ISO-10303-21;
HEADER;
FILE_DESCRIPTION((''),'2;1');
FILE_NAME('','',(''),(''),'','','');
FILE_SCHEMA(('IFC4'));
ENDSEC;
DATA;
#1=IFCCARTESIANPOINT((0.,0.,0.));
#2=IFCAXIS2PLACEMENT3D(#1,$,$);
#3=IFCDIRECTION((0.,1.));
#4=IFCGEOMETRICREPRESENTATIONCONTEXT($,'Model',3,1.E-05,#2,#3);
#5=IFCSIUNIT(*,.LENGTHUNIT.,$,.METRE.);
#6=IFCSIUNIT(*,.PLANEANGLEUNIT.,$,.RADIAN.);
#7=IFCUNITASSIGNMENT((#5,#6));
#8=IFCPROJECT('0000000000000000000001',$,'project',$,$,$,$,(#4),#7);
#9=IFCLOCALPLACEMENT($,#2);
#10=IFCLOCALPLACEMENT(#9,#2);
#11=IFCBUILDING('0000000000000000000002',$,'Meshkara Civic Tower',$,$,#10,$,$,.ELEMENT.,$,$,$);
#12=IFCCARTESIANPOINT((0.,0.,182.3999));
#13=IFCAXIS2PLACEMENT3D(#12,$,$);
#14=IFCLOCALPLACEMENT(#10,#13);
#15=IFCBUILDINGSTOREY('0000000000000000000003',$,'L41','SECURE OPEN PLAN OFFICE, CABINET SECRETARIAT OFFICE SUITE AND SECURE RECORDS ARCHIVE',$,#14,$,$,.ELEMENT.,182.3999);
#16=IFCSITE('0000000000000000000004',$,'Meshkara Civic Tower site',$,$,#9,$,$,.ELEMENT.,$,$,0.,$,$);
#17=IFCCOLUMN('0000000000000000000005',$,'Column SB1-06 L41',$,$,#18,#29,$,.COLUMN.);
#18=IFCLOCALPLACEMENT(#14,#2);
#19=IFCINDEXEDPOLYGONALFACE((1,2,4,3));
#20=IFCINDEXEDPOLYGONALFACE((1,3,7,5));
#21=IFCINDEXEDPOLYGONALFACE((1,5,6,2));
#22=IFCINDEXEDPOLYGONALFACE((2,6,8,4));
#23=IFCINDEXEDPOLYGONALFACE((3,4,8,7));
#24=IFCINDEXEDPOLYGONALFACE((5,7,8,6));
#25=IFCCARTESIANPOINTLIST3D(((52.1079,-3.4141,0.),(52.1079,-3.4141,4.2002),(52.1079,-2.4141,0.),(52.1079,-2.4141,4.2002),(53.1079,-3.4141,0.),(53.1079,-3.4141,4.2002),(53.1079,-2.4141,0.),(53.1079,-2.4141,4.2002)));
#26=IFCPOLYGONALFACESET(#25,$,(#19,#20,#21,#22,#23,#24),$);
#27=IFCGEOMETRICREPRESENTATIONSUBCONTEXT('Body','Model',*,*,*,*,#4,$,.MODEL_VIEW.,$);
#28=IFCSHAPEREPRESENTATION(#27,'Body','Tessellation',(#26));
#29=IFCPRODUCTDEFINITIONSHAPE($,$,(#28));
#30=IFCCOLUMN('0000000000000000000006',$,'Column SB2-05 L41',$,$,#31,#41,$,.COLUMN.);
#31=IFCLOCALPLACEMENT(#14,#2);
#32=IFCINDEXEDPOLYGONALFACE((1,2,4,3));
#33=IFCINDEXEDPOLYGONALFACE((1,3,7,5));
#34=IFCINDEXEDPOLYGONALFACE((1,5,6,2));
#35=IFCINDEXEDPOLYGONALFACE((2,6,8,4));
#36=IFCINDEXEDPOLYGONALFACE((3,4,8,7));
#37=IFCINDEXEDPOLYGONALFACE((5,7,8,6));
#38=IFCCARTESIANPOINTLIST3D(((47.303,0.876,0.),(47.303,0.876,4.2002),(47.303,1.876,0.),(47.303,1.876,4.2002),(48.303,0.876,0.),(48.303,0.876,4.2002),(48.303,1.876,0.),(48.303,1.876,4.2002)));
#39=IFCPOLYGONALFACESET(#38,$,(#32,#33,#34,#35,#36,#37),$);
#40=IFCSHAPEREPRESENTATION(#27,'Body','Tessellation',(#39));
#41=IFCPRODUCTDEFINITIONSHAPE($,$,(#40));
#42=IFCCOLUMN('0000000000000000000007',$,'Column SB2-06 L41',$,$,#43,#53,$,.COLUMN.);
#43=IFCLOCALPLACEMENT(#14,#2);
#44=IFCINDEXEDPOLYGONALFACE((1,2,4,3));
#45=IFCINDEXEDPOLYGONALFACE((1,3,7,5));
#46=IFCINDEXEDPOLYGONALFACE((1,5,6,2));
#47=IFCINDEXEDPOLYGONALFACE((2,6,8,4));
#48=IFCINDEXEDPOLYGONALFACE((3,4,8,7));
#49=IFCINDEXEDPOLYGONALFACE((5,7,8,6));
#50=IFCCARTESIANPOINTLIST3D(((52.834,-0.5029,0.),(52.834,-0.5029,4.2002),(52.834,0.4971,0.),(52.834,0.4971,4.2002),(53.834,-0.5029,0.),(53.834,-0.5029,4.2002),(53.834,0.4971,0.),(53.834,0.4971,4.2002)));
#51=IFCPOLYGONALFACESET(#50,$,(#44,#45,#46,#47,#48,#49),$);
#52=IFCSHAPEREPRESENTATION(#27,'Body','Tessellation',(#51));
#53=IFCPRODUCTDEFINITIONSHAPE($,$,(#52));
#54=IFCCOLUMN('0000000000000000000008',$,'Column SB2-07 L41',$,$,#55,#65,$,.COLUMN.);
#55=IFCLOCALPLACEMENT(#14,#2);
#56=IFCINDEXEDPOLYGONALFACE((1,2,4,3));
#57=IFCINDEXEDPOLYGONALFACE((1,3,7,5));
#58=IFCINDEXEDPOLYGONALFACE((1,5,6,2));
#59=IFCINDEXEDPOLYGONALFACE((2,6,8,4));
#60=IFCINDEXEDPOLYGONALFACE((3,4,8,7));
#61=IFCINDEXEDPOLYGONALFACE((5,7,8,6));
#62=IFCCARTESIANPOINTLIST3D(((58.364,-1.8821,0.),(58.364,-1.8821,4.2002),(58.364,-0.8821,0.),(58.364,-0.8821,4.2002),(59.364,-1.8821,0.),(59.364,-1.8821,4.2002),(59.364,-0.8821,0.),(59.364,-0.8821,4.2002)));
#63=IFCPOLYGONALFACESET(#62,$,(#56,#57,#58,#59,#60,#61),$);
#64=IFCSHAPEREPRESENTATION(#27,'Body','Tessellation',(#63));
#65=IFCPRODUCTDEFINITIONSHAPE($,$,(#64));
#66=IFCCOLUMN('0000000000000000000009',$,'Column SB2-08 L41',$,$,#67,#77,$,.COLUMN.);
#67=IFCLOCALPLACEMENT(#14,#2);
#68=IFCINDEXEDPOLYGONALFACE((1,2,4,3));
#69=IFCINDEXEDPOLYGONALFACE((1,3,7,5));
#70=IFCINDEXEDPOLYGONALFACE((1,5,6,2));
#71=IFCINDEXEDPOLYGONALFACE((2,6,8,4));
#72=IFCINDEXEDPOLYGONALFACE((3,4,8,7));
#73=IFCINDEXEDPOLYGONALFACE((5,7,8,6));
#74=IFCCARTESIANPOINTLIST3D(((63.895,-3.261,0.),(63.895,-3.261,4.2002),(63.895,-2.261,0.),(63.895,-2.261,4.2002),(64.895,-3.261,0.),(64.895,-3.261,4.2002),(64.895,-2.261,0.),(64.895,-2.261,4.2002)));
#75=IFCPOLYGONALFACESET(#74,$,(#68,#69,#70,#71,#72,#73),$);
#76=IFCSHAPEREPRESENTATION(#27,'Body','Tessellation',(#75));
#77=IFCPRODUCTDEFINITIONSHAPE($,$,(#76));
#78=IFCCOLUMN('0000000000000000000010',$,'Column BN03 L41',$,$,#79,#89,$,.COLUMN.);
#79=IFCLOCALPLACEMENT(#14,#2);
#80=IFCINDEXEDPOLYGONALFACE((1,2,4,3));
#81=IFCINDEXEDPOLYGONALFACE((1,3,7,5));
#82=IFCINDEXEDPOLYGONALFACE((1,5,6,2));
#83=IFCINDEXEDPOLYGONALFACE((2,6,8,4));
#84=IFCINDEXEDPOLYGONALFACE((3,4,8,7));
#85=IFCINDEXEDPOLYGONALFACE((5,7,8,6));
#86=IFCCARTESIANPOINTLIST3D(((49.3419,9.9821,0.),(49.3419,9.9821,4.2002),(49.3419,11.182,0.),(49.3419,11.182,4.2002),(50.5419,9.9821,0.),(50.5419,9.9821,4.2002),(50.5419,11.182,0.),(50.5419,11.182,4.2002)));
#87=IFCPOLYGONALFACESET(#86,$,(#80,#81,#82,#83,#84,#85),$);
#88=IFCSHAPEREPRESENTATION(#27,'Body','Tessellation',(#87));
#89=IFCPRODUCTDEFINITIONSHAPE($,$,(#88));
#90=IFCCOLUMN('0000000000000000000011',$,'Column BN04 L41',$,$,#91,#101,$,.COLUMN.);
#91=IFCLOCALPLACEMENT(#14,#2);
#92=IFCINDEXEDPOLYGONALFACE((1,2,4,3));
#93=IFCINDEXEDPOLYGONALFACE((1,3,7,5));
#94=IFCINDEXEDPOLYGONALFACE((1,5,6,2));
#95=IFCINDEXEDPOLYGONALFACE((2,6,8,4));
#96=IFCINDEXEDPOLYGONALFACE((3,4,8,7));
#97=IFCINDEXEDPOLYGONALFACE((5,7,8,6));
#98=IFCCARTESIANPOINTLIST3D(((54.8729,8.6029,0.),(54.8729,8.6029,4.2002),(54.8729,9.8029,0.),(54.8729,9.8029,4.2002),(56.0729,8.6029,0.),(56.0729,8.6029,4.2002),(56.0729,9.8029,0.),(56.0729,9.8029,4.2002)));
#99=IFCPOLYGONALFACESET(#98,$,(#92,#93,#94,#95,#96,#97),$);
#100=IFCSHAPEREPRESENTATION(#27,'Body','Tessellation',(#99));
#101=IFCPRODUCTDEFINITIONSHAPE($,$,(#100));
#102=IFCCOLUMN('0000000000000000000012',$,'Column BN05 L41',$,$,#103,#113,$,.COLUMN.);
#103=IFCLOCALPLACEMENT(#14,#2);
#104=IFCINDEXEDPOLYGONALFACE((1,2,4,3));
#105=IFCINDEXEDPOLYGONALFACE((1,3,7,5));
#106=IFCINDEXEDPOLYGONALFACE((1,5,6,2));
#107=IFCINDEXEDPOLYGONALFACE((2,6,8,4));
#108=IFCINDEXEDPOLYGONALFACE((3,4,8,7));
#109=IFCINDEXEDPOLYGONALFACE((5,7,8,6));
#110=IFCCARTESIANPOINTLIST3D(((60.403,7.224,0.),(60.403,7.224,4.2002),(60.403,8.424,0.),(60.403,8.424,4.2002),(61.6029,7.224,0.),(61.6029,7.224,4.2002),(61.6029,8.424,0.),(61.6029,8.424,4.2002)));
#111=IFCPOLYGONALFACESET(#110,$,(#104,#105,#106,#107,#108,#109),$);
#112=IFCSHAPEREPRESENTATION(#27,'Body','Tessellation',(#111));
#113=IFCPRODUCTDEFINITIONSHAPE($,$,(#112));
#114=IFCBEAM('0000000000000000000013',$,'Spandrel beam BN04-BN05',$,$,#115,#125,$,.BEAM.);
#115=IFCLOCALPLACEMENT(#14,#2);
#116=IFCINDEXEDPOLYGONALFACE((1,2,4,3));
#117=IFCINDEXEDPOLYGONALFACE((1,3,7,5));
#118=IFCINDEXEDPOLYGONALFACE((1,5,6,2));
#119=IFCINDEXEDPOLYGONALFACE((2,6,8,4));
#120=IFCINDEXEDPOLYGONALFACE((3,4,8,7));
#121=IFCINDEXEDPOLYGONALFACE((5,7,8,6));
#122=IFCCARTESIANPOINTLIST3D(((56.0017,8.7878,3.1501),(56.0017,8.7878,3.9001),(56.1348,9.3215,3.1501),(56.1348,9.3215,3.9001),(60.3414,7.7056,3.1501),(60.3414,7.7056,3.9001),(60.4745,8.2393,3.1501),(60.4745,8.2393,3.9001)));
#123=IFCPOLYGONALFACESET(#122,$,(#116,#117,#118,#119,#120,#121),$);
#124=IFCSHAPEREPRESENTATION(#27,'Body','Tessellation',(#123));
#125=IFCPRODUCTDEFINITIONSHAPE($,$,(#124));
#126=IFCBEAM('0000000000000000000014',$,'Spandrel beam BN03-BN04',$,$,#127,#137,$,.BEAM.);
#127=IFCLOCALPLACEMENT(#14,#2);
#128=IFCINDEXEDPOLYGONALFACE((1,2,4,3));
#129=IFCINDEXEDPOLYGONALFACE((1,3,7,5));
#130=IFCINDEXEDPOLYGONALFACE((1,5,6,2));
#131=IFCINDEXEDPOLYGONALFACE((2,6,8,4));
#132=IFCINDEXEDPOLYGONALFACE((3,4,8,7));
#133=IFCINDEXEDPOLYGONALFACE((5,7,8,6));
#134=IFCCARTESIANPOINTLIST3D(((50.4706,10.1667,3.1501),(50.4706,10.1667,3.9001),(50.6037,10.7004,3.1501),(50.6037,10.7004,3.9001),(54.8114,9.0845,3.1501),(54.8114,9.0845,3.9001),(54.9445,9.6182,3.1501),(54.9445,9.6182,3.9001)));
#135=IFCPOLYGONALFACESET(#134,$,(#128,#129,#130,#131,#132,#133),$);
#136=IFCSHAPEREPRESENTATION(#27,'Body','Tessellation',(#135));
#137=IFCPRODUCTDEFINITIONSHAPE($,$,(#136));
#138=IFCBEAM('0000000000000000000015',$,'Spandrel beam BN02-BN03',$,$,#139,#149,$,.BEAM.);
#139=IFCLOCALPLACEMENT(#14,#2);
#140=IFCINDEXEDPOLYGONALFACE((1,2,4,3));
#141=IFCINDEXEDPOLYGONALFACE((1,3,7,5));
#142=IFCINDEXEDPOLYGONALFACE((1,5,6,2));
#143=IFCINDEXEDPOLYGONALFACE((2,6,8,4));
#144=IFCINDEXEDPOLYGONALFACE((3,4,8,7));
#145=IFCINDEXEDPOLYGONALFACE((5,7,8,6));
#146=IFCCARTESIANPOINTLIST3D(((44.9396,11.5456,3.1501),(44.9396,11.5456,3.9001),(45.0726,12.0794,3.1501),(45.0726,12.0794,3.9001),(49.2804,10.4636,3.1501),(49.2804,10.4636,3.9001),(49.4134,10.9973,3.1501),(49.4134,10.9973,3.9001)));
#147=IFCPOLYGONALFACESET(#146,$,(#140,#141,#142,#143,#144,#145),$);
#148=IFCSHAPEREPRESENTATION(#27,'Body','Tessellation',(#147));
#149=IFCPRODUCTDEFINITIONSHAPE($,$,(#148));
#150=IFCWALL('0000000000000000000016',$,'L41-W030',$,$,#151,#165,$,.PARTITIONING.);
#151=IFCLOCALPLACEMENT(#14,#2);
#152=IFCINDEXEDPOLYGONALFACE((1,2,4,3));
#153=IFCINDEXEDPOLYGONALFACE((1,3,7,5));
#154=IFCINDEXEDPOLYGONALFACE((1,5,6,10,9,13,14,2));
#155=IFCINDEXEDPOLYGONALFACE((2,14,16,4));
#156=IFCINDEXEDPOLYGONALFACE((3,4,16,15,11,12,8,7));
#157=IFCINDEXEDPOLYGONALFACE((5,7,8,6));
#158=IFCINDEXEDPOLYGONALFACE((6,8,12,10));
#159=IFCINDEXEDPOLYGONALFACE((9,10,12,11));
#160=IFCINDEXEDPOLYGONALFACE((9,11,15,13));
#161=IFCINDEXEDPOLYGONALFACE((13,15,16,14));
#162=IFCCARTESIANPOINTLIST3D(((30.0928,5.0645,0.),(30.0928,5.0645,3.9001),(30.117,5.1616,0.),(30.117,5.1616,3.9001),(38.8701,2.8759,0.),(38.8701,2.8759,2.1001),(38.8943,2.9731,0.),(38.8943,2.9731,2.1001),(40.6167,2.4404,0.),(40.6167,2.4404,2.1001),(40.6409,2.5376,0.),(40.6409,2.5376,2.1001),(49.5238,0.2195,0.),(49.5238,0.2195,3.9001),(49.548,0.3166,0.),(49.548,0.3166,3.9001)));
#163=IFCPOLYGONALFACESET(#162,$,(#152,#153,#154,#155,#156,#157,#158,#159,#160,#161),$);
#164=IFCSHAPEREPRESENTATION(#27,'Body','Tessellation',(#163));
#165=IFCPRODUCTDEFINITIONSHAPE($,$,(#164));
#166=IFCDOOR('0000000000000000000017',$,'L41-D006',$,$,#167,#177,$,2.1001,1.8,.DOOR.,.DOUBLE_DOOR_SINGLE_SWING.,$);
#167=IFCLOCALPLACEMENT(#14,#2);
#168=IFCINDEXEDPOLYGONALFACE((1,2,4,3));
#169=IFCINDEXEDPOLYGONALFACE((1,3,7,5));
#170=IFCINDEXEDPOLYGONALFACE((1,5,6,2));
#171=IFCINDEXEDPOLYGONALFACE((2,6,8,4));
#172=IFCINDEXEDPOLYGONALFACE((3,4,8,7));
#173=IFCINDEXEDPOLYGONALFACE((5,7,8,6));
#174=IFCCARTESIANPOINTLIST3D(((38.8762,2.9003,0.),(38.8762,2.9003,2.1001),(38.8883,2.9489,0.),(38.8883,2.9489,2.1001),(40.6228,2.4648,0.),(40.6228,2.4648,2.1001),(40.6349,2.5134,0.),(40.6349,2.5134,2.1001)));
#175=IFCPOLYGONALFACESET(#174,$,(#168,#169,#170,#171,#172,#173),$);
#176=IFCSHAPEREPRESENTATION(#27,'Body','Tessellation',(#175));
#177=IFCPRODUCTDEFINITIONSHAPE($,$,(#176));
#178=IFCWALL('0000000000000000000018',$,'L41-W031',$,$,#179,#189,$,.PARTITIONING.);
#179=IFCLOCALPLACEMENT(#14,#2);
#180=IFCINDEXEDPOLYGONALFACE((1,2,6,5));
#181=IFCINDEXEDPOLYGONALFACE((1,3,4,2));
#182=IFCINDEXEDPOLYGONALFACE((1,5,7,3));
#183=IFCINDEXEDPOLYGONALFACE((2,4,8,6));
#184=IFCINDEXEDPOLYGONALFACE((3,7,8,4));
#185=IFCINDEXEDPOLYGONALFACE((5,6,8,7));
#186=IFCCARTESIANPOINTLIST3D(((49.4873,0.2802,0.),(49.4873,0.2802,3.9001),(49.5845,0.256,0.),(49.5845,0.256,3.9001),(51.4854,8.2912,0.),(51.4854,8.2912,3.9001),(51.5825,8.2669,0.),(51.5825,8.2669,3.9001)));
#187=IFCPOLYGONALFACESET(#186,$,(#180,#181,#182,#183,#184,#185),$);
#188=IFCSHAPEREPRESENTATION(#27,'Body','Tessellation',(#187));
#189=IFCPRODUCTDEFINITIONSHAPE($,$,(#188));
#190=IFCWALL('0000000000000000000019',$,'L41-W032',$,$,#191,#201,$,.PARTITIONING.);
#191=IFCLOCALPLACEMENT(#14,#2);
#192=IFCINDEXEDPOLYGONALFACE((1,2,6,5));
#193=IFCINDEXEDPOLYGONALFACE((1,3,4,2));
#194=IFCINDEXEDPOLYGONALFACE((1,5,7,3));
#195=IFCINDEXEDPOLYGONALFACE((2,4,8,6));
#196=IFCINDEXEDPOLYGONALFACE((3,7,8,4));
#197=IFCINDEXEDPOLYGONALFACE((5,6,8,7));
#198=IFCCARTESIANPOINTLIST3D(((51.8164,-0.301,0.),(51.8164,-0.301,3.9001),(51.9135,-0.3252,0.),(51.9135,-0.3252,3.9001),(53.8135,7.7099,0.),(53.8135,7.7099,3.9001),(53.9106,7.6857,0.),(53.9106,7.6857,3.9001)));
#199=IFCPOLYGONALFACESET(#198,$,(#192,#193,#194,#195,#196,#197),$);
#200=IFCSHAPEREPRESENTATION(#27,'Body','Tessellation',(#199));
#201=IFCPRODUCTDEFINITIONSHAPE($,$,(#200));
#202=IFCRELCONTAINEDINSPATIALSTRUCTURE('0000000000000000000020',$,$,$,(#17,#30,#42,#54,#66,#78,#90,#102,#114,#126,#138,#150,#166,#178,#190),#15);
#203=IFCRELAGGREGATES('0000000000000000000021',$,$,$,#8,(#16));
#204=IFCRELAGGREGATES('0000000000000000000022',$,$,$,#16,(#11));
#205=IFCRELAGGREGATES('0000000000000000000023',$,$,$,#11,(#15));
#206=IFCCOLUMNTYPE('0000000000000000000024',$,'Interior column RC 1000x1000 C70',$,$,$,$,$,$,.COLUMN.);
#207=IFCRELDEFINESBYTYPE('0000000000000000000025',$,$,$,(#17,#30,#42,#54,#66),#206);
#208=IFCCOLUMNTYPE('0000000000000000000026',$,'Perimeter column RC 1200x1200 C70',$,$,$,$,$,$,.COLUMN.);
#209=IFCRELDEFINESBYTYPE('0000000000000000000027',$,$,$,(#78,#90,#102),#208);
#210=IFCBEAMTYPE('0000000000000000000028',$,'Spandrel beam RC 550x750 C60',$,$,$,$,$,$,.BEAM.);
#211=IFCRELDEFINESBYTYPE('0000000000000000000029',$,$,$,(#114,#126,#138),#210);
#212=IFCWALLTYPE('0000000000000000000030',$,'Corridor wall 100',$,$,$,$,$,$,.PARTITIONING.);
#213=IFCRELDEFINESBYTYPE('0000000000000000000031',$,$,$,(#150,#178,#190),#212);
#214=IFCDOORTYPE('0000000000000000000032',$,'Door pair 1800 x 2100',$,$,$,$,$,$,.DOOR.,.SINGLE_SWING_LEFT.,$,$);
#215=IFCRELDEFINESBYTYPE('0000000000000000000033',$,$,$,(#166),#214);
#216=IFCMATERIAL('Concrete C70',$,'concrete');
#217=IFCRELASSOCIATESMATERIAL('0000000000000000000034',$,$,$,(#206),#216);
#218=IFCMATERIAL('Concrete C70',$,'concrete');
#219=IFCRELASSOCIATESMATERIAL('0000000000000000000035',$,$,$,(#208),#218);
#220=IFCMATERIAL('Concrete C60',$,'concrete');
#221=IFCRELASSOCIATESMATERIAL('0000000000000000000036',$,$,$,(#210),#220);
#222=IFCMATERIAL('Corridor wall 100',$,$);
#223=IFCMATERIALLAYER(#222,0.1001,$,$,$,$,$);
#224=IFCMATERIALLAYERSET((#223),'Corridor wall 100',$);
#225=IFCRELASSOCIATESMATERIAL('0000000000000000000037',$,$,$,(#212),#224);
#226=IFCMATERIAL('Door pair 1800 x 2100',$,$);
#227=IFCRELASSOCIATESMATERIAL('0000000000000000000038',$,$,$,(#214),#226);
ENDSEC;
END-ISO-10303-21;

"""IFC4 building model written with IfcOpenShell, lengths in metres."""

from ifc_helpers import new_model, si_unit, direction, frame, frame_2d, origin, origin_2d, place, context, subcontext, project, spatial, rectangle, extrude, material, layer, layer_set, material_profile, profile_set, type_object, element, fill, save


model = new_model("IFC4")

# Units and contexts
model_context = context("Model", 3, precision=1e-05, world=origin(), true_north=direction((0.0, 1.0)))
body_context = subcontext(model_context, "Body", "Model", "MODEL_VIEW")
ifc_project = project(units=[si_unit("LENGTHUNIT", "METRE"), si_unit("PLANEANGLEUNIT", "RADIAN")], contexts=[model_context])

# Site, building, storey
site_placement = place(None, origin())
site = spatial("IfcSite", under=ifc_project, at=site_placement, Name="Meshkara Civic Tower site", CompositionType="ELEMENT", RefElevation=0.0)
building_placement = place(site_placement, origin())
building = spatial("IfcBuilding", under=site, at=building_placement, Name="Meshkara Civic Tower", CompositionType="ELEMENT")
storey_placement = place(building_placement, frame((0.0, 0.0, 182.3999)))
storey = spatial("IfcBuildingStorey", under=building, at=storey_placement, Name="L41", Description="SECURE OPEN PLAN OFFICE, CABINET SECRETARIAT OFFICE SUITE AND SECURE RECORDS ARCHIVE", CompositionType="ELEMENT", Elevation=182.3999)

# Columns
ifc_material_1 = material(Name="Concrete C70", Category="concrete")
ifc_material_profile_1 = material_profile(ifc_material_1, rectangle(XDim=1.0, YDim=1.0, at=origin_2d()))
ifc_profile_set_1 = profile_set([ifc_material_profile_1], Name="Concrete C70")
column_type_1 = type_object("IfcColumnType", Name="Interior column RC 1000x1000 C70", PredefinedType="COLUMN", material=ifc_profile_set_1)
for number, where, z_axis, x_axis, name in (
    (1, (52.6079, -2.9141, 0.0), (0.0, 0.0, 1.0), (1.0, 0.0, 0.0), "Column SB1-06 L41"),
    (2, (47.803, 1.376, 0.0), (0.0, 0.0, 1.0), (1.0, 0.0, 0.0), "Column SB2-05 L41"),
    (3, (53.334, -0.0029, 0.0), (0.0, 0.0, 1.0), (1.0, 0.0, 0.0), "Column SB2-06 L41"),
    (4, (58.864, -1.3821, 0.0), (0.0, 0.0, 1.0), (1.0, 0.0, 0.0), "Column SB2-07 L41"),
    (5, (64.395, -2.761, 0.0), (0.0, 0.0, 1.0), (1.0, 0.0, 0.0), "Column SB2-08 L41"),
):
    element("IfcColumn", number, at=place(storey_placement, frame(where, z_axis=z_axis, x_axis=x_axis)), inside=storey, type_object=column_type_1, Name=name, PredefinedType="COLUMN", context=body_context, shape_type="SweptSolid", body=[
        extrude(rectangle(XDim=1.0, YDim=1.0, at=origin_2d()), origin(), (0.0, 0.0, 1.0), 4.2002),
    ])
ifc_material_2 = material(Name="Concrete C70", Category="concrete")
ifc_material_profile_2 = material_profile(ifc_material_2, rectangle(XDim=1.2, YDim=1.2, at=origin_2d()))
ifc_profile_set_2 = profile_set([ifc_material_profile_2], Name="Concrete C70")
column_type_2 = type_object("IfcColumnType", Name="Perimeter column RC 1200x1200 C70", PredefinedType="COLUMN", material=ifc_profile_set_2)
for number, where, z_axis, x_axis, name in (
    (6, (49.9419, 10.582, 0.0), (0.0, 0.0, 1.0), (1.0, 0.0, 0.0), "Column BN03 L41"),
    (7, (55.4729, 9.2029, 0.0), (0.0, 0.0, 1.0), (1.0, 0.0, 0.0), "Column BN04 L41"),
    (8, (61.0029, 7.824, 0.0), (0.0, 0.0, 1.0), (1.0, 0.0, 0.0), "Column BN05 L41"),
):
    element("IfcColumn", number, at=place(storey_placement, frame(where, z_axis=z_axis, x_axis=x_axis)), inside=storey, type_object=column_type_2, Name=name, PredefinedType="COLUMN", context=body_context, shape_type="SweptSolid", body=[
        extrude(rectangle(XDim=1.2, YDim=1.2, at=origin_2d()), origin(), (0.0, 0.0, 1.0), 4.2002),
    ])

# Beams
ifc_material_3 = material(Name="Concrete C60", Category="concrete")
ifc_material_profile_3 = material_profile(ifc_material_3, rectangle(XDim=0.55, YDim=0.75, at=origin_2d()))
ifc_profile_set_3 = profile_set([ifc_material_profile_3], Name="Concrete C60")
beam_type = type_object("IfcBeamType", Name="Spandrel beam RC 550x750 C60", PredefinedType="BEAM", material=ifc_profile_set_3)
beam_placement = place(storey_placement, frame((60.408, 7.9724, 3.5251), z_axis=(-0.970284, 0.24197, 0.0), x_axis=(-0.24197, -0.970284, 0.0)))
element("IfcBeam", 9, at=beam_placement, inside=storey, type_object=beam_type, Name="Spandrel beam BN04-BN05", PredefinedType="BEAM", context=body_context, shape_type="SweptSolid", body=[
    extrude(rectangle(XDim=0.55, YDim=0.75, at=origin_2d()), origin(), (0.0, 0.0, 1.0), 4.4727),
])
for number, where, z_axis, x_axis, name in (
    (10, (54.8779, 9.3513, 3.5251), (-0.970296, 0.241919, 0.0), (-0.241919, -0.970296, 0.0), "Spandrel beam BN03-BN04"),
    (11, (49.3469, 10.7305, 3.5251), (-0.970309, 0.241868, 0.0), (-0.241868, -0.970309, 0.0), "Spandrel beam BN02-BN03"),
):
    element("IfcBeam", number, at=place(storey_placement, frame(where, z_axis=z_axis, x_axis=x_axis)), inside=storey, type_object=beam_type, Name=name, PredefinedType="BEAM", context=body_context, shape_type="SweptSolid", body=[
        extrude(rectangle(XDim=0.55, YDim=0.75, at=origin_2d()), origin(), (0.0, 0.0, 1.0), 4.4736),
    ])

# Wall, opening, door
ifc_material_4 = material(Name="Corridor wall 100")
ifc_layer_1 = layer(ifc_material_4, 0.1001)
ifc_layer_set_1 = layer_set([ifc_layer_1], Name="Corridor wall 100")
wall_type_1 = type_object("IfcWallType", Name="Corridor wall 100", PredefinedType="PARTITIONING", material=ifc_layer_set_1)
wall_1_placement = place(storey_placement, frame((49.5359, 0.2681, 0.0), z_axis=(0.0, 0.0, 1.0), x_axis=(-0.970292, 0.241936, 0.0)))
wall_1 = element("IfcWall", 12, at=wall_1_placement, inside=storey, type_object=wall_type_1, Name="L41-W030", PredefinedType="PARTITIONING", context=body_context, shape_type="SweptSolid", body=[
    extrude(rectangle(XDim=20.0259, YDim=0.1001, at=frame_2d((10.0129, 0.0))), origin(), (0.0, 0.0, 1.0), 3.9001),
])
opening_1_placement = place(wall_1_placement, frame((9.1799, 0.0, 0.0)))
opening_1 = element("IfcOpeningElement", 13, at=opening_1_placement, cuts=wall_1, PredefinedType="OPENING", context=body_context, shape_type="SweptSolid", body=[
    extrude(rectangle(XDim=1.8, YDim=2.1001, at=frame_2d((0.8999, 1.05))), frame((0.0, 0.0601, 0.0), z_axis=(0.0, -1.0, 0.0), x_axis=(1.0, 0.0, 0.0)), (0.0, 0.0, 1.0), 0.1201),
])
ifc_material_5 = material(Name="Door pair 1800 x 2100")
door_type = type_object("IfcDoorType", Name="Door pair 1800 x 2100", OperationType="SINGLE_SWING_LEFT", PredefinedType="DOOR", material=ifc_material_5)
door_1_placement = place(opening_1_placement, origin())
door_1 = element("IfcDoor", 14, at=door_1_placement, inside=storey, type_object=door_type, Name="L41-D006", OperationType="DOUBLE_DOOR_SINGLE_SWING", OverallHeight=2.1001, OverallWidth=1.8, PredefinedType="DOOR", context=body_context, shape_type="SweptSolid", body=[
    extrude(rectangle(XDim=1.8, YDim=2.1001, at=frame_2d((0.8999, 1.05))), frame((0.0, 0.0249, 0.0), z_axis=(0.0, -1.0, 0.0), x_axis=(1.0, 0.0, 0.0)), (0.0, 0.0, 1.0), 0.05),
])
fill(opening_1, door_1)

# Walls
wall_2_placement = place(storey_placement, frame((51.5339, 8.2791, 0.0), z_axis=(0.0, 0.0, 1.0), x_axis=(-0.242, -0.970276, 0.0)))
element("IfcWall", 15, at=wall_2_placement, inside=storey, type_object=wall_type_1, Name="L41-W031", PredefinedType="PARTITIONING", context=body_context, shape_type="SweptSolid", body=[
    extrude(rectangle(XDim=8.2563, YDim=0.1001, at=frame_2d((4.1282, 0.0))), origin(), (0.0, 0.0, 1.0), 3.9001),
])
wall_3_placement = place(storey_placement, frame((51.865, -0.313, 0.0), z_axis=(0.0, 0.0, 1.0), x_axis=(0.241888, 0.970304, 0.0)))
element("IfcWall", 16, at=wall_3_placement, inside=storey, type_object=wall_type_1, Name="L41-W032", PredefinedType="PARTITIONING", context=body_context, shape_type="SweptSolid", body=[
    extrude(rectangle(XDim=8.2561, YDim=0.1001, at=frame_2d((4.1279, 0.0))), origin(), (0.0, 0.0, 1.0), 3.9001),
])

save(model, "model.ifc")
